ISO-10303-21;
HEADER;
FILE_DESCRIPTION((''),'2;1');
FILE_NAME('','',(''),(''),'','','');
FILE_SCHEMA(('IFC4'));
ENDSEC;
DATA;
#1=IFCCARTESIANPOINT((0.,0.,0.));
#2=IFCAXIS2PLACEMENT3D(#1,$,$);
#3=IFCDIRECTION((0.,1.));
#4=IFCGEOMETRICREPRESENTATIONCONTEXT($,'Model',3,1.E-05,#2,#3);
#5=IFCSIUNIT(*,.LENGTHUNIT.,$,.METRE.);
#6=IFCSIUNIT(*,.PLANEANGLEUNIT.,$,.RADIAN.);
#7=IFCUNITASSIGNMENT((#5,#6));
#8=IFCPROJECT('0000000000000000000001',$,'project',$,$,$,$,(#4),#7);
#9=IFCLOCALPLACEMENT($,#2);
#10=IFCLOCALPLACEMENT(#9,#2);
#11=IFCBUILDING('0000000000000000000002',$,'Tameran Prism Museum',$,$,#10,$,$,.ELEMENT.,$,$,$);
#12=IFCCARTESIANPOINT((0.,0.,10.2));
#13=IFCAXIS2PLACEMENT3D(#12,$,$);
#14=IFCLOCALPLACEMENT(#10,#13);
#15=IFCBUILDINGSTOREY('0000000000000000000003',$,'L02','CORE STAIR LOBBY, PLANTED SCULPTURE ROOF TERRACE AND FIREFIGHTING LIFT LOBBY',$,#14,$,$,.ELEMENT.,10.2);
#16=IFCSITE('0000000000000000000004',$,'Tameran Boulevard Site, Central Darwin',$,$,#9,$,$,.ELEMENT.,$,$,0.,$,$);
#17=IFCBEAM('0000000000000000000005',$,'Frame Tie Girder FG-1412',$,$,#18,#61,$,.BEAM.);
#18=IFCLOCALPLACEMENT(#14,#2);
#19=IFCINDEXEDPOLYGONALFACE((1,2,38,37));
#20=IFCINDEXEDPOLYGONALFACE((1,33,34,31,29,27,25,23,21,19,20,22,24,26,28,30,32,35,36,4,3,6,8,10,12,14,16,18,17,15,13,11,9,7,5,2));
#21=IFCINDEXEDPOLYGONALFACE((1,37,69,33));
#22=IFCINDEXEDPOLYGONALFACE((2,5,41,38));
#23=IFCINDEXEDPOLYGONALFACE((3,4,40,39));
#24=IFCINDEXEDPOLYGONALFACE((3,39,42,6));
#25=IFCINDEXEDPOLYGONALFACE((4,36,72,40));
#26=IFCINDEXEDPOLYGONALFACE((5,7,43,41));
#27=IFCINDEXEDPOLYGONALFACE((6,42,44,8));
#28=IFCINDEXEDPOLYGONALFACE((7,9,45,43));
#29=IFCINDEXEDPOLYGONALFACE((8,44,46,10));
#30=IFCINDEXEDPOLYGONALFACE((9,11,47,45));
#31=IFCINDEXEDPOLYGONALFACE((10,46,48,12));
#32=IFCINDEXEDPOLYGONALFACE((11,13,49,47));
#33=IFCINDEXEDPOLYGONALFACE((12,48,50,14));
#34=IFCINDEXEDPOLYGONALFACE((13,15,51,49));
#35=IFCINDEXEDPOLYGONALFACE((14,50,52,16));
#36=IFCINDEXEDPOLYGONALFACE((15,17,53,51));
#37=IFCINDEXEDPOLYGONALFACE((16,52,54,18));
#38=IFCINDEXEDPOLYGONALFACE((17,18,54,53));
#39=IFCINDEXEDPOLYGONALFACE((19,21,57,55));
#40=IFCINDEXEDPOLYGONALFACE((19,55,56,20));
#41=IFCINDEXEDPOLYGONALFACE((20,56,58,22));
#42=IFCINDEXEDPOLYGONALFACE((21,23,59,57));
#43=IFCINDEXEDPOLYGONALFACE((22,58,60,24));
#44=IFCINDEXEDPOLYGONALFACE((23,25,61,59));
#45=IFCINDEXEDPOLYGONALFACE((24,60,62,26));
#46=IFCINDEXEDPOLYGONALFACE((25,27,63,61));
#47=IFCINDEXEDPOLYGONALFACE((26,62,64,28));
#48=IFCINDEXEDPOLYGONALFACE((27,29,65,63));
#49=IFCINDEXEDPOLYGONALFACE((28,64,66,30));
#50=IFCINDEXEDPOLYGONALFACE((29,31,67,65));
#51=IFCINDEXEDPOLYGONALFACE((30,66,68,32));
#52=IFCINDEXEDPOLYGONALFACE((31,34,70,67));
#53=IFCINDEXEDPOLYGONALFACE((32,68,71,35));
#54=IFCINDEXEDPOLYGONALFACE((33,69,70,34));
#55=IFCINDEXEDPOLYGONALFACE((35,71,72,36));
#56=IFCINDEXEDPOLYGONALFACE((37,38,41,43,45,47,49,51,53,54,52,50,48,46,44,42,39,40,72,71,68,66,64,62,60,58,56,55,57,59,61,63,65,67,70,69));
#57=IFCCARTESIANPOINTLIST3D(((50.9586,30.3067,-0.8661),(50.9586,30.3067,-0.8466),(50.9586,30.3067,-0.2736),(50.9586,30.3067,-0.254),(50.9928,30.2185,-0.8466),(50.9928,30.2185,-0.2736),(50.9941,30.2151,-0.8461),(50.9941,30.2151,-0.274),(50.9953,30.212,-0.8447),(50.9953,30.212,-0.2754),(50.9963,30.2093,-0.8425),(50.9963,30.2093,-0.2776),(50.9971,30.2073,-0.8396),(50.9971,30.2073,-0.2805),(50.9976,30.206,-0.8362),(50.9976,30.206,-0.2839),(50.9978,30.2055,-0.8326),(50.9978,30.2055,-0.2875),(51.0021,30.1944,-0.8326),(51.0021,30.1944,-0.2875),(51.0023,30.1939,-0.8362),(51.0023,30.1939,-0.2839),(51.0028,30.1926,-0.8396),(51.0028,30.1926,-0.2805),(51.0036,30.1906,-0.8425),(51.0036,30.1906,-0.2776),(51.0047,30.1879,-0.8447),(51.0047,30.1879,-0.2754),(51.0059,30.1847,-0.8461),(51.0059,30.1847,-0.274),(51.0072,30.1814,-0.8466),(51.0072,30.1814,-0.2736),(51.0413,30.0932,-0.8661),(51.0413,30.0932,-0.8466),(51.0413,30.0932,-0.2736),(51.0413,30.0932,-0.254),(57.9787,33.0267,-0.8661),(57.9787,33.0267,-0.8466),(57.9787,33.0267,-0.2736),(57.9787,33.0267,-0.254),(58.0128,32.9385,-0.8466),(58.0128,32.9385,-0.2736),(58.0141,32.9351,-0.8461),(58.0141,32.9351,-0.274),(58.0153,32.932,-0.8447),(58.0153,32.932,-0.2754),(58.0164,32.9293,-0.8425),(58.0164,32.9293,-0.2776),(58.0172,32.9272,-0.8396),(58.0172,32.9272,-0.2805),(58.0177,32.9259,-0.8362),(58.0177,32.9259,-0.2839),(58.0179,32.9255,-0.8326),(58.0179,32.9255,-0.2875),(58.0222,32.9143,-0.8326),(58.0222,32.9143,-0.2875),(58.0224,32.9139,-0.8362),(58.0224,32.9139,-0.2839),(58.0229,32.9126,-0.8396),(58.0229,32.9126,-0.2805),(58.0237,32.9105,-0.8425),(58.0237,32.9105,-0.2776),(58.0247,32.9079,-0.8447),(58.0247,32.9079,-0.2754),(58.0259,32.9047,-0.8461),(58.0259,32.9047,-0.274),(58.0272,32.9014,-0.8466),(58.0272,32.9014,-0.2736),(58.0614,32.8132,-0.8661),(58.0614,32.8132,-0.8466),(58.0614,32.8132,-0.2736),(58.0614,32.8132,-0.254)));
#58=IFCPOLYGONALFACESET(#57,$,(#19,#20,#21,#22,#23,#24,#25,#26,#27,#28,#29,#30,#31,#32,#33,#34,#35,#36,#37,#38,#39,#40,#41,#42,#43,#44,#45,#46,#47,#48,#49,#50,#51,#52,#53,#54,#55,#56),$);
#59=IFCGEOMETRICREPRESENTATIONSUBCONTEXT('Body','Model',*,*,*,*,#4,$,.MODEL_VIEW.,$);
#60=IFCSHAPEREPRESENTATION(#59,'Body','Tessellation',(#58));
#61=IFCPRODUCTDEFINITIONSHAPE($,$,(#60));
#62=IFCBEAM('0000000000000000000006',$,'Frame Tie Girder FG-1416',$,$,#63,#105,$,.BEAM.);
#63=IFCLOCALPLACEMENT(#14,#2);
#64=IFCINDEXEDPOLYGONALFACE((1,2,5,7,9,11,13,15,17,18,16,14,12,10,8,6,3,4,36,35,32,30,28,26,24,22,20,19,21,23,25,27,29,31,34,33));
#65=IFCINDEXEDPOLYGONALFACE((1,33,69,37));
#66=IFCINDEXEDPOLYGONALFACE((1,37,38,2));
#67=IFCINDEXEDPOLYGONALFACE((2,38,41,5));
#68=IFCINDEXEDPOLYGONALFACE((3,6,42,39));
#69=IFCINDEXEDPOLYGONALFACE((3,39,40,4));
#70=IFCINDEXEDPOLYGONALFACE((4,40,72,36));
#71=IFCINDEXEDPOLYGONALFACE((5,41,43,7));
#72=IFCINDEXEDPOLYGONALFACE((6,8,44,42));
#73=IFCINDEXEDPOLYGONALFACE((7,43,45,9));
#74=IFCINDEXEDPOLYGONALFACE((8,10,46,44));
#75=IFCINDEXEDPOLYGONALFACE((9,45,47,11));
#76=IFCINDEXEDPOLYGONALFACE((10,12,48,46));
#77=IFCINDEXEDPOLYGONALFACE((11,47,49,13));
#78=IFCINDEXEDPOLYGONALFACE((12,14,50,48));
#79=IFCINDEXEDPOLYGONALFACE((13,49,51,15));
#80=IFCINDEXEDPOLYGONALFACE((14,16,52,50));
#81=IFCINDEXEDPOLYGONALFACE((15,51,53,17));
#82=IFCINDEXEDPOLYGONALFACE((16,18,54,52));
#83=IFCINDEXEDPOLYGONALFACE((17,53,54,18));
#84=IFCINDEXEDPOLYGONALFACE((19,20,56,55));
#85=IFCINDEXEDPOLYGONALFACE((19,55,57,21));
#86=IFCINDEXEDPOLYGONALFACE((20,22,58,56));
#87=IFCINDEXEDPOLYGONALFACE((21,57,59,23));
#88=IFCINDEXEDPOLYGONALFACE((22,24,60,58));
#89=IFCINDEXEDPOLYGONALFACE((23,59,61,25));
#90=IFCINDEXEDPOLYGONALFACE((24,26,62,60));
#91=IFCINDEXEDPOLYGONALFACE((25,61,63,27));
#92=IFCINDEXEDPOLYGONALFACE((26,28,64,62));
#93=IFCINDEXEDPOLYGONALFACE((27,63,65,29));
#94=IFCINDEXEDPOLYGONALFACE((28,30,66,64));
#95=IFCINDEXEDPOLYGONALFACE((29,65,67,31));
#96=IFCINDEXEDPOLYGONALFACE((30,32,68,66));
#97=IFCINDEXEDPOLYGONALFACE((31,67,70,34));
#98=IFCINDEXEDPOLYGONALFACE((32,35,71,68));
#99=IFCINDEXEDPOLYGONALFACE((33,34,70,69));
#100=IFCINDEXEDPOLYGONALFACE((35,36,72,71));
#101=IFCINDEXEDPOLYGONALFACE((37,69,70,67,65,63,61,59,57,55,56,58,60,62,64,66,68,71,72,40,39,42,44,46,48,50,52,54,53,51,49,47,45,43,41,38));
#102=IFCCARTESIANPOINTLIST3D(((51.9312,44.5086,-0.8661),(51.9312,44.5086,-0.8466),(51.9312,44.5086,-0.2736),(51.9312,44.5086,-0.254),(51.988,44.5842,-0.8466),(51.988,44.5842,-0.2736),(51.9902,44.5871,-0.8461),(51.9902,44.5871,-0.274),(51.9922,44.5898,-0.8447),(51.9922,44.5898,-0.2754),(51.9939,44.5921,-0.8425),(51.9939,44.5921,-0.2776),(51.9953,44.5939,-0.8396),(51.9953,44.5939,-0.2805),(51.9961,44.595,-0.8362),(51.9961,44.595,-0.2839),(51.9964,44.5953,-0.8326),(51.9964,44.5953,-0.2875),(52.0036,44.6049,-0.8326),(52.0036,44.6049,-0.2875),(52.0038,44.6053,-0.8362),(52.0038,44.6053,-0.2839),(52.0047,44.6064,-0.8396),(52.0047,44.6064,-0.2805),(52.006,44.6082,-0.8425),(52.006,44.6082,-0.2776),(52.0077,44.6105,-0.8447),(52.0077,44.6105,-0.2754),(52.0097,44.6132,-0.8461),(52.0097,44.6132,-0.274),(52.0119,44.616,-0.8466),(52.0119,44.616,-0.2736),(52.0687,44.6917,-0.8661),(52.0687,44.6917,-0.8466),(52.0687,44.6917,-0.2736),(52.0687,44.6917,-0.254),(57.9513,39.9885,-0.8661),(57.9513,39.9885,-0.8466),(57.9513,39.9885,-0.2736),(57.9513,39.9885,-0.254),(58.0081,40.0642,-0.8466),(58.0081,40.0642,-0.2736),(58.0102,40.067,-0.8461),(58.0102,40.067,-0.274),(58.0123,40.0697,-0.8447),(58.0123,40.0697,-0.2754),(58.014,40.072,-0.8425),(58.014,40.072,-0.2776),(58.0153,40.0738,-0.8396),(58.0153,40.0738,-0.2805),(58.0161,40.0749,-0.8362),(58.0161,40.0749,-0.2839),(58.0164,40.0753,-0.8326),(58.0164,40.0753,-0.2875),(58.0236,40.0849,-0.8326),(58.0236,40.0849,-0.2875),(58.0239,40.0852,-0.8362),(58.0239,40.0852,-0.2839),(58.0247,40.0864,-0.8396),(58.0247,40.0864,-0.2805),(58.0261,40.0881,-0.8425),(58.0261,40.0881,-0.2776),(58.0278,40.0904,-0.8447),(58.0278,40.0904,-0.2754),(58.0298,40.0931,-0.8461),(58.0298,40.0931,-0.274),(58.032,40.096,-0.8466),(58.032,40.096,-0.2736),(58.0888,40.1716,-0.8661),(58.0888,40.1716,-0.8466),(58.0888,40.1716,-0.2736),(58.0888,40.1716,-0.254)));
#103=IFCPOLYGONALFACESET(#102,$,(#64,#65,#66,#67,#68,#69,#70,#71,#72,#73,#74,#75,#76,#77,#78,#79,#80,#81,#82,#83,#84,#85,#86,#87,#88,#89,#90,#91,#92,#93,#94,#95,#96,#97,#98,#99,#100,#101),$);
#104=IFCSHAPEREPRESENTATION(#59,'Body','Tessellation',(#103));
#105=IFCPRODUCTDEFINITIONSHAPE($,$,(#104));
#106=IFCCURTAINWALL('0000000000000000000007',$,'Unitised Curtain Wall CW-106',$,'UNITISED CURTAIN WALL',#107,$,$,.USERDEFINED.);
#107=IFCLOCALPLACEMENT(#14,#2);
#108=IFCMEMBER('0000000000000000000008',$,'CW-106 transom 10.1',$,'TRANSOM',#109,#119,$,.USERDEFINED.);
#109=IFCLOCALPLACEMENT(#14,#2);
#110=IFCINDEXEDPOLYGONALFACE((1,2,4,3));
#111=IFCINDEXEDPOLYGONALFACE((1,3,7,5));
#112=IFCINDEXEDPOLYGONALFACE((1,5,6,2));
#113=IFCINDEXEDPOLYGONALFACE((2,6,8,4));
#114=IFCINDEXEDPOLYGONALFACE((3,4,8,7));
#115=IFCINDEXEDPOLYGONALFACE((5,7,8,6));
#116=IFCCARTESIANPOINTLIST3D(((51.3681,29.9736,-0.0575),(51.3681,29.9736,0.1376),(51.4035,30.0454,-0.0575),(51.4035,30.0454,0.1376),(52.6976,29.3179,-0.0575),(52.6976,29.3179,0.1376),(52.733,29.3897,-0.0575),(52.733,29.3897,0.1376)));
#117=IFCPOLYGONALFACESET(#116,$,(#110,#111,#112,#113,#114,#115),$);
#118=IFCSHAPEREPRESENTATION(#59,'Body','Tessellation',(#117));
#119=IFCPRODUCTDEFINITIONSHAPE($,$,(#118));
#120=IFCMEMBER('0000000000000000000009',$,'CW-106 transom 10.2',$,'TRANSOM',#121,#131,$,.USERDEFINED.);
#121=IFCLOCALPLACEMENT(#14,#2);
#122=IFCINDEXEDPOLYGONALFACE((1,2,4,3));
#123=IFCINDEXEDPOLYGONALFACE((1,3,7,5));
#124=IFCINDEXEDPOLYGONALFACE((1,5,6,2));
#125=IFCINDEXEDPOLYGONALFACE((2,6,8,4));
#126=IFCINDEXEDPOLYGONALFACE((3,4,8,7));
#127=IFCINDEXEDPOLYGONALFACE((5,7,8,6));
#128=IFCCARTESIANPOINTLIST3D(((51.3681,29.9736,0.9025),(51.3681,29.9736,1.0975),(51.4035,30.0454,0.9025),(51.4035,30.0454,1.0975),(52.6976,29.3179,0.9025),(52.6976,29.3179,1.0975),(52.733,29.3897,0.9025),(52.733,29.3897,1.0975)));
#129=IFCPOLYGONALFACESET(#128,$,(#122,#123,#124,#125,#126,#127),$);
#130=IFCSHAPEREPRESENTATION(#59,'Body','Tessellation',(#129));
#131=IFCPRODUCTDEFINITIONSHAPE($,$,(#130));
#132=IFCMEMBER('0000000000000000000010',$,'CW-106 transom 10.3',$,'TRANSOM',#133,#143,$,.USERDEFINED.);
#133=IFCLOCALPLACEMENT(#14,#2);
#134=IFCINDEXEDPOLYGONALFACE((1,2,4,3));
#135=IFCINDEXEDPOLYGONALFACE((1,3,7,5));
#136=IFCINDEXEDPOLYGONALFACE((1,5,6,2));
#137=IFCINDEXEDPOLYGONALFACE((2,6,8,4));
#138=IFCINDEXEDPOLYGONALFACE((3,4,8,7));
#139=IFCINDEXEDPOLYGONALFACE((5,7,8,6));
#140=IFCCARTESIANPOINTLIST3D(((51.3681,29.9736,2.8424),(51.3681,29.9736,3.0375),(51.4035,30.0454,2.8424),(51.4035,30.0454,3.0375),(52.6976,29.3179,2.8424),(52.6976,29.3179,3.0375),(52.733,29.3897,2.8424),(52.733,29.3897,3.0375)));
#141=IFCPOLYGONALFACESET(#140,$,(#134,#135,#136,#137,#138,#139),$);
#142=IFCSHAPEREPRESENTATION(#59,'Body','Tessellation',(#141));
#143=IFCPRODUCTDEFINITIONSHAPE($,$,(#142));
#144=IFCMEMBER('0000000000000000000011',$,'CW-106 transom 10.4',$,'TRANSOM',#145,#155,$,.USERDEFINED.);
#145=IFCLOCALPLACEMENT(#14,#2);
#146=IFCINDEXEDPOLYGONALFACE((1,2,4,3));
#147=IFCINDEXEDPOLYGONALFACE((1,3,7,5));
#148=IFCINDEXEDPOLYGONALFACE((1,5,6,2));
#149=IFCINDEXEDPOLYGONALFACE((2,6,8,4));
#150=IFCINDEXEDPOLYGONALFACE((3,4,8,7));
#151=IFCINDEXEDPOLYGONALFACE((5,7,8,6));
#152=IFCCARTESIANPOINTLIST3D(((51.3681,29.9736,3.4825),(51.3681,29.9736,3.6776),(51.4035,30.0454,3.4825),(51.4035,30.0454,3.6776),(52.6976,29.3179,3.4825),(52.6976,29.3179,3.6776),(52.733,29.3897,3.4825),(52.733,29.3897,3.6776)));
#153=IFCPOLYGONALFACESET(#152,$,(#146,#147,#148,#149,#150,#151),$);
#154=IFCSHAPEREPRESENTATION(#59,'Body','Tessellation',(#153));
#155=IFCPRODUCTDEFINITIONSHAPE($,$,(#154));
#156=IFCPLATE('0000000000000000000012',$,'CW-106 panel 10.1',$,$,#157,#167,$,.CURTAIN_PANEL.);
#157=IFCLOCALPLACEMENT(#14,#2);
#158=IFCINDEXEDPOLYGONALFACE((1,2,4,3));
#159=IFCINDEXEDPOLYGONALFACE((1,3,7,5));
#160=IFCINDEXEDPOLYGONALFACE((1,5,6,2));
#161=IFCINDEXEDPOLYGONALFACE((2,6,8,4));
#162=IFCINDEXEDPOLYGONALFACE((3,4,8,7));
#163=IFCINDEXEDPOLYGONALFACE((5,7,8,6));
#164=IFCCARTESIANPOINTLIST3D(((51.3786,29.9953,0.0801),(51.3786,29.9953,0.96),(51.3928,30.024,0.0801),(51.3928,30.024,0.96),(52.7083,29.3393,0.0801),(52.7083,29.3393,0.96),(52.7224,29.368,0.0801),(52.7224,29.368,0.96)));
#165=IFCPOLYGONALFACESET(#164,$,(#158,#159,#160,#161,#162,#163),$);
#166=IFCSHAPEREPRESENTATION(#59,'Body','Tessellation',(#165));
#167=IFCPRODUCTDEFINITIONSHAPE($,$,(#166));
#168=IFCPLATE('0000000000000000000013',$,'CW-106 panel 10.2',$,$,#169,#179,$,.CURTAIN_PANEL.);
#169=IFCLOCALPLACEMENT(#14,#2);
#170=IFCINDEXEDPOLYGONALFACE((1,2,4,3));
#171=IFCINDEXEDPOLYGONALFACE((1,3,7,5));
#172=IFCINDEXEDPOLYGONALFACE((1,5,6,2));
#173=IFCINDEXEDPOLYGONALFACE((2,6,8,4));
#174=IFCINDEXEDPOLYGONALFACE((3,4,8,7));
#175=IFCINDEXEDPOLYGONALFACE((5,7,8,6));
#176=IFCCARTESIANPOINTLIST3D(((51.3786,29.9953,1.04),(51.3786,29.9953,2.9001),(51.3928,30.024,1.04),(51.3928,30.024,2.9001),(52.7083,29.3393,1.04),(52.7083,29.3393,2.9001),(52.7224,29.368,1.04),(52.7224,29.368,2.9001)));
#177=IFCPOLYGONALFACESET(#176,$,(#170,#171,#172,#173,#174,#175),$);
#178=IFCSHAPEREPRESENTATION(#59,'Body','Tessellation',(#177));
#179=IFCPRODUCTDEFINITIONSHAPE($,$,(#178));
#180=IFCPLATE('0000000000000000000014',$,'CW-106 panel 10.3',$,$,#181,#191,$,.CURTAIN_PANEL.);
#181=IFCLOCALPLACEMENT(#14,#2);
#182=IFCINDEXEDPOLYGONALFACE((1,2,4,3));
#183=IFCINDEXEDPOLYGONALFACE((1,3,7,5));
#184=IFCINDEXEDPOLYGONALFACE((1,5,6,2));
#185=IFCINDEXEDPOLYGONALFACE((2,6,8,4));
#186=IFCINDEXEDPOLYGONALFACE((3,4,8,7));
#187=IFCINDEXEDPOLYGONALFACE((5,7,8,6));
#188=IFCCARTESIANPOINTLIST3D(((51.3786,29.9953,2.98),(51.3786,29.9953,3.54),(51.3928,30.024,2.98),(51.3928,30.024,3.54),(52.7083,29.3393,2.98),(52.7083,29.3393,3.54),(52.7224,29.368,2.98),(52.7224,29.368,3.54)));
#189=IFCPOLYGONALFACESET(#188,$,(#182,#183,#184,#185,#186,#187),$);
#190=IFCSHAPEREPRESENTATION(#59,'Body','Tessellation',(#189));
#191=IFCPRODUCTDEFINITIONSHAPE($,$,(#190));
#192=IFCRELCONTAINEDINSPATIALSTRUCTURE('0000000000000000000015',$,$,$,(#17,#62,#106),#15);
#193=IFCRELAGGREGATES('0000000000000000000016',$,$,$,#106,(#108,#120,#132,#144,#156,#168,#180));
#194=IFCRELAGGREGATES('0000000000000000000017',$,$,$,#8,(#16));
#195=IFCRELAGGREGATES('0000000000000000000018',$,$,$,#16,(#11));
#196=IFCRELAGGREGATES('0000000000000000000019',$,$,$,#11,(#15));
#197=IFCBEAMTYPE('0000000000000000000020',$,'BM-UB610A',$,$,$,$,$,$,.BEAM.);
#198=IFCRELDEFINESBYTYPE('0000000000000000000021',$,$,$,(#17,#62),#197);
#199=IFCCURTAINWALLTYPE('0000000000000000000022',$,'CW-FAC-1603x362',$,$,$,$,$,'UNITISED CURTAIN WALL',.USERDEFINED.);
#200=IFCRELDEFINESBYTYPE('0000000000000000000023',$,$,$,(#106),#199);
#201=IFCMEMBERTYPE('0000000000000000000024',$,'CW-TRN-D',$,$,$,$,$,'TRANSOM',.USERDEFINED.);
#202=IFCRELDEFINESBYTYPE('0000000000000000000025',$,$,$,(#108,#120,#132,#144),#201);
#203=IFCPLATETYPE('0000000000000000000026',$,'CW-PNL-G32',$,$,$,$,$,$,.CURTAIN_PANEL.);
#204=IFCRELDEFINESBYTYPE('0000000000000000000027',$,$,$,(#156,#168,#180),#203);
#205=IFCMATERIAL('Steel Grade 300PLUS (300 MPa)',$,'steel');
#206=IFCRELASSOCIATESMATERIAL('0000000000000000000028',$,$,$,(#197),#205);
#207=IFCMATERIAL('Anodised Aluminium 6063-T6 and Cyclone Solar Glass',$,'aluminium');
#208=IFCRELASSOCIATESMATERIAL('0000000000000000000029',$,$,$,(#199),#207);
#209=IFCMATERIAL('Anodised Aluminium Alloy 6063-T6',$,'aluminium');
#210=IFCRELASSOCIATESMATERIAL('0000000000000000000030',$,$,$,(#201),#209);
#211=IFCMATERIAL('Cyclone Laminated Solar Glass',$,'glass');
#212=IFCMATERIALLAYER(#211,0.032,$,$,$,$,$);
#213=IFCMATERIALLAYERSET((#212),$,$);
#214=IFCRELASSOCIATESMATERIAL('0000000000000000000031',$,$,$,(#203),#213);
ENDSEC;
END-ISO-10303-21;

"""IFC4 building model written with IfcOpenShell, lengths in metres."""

from ifc_helpers import new_model, si_unit, direction, frame, origin, origin_2d, place, context, subcontext, project, spatial, rectangle, i_section, extrude, material, layer, layer_set, material_profile, profile_set, type_object, element, aggregate, save


model = new_model("IFC4")

# Units and contexts
model_context = context("Model", 3, precision=1e-05, world=origin(), true_north=direction((0.0, 1.0)))
body_context = subcontext(model_context, "Body", "Model", "MODEL_VIEW")
ifc_project = project(units=[si_unit("LENGTHUNIT", "METRE"), si_unit("PLANEANGLEUNIT", "RADIAN")], contexts=[model_context])

# Site, building, storey
site_placement = place(None, origin())
site = spatial("IfcSite", under=ifc_project, at=site_placement, Name="Tameran Boulevard Site, Central Darwin", CompositionType="ELEMENT", RefElevation=0.0)
building_placement = place(site_placement, origin())
building = spatial("IfcBuilding", under=site, at=building_placement, Name="Tameran Prism Museum", CompositionType="ELEMENT")
storey_placement = place(building_placement, frame((0.0, 0.0, 10.2)))
storey = spatial("IfcBuildingStorey", under=building, at=storey_placement, Name="L02", Description="CORE STAIR LOBBY, PLANTED SCULPTURE ROOF TERRACE AND FIREFIGHTING LIFT LOBBY", CompositionType="ELEMENT", Elevation=10.2)

# Beams
ifc_material_1 = material(Name="Steel Grade 300PLUS (300 MPa)", Category="steel")
ifc_material_profile_1 = material_profile(ifc_material_1, i_section(OverallWidth=0.229, OverallDepth=0.6121, WebThickness=0.012, FlangeThickness=0.0195, FilletRadius=0.0139, at=origin_2d()))
ifc_profile_set_1 = profile_set([ifc_material_profile_1])
beam_type_1 = type_object("IfcBeamType", Name="BM-UB610A", PredefinedType="BEAM", material=ifc_profile_set_1)
beam_1_placement = place(storey_placement, frame((58.02, 32.9199, -0.5601), z_axis=(-0.932454, -0.361288, 0.0), x_axis=(0.361288, -0.932454, 0.0)))
element("IfcBeam", 1, at=beam_1_placement, inside=storey, type_object=beam_type_1, Name="Frame Tie Girder FG-1412", PredefinedType="BEAM", context=body_context, shape_type="SweptSolid", body=[
    extrude(i_section(OverallWidth=0.229, OverallDepth=0.6121, WebThickness=0.012, FlangeThickness=0.0195, FilletRadius=0.0139, at=origin_2d()), origin(), (0.0, 0.0, 1.0), 7.5286),
])
beam_2_placement = place(storey_placement, frame((58.02, 40.0801, -0.5601), z_axis=(-0.799681, 0.600425, 0.0), x_axis=(-0.600425, -0.799681, 0.0)))
element("IfcBeam", 2, at=beam_2_placement, inside=storey, type_object=beam_type_1, Name="Frame Tie Girder FG-1416", PredefinedType="BEAM", context=body_context, shape_type="SweptSolid", body=[
    extrude(i_section(OverallWidth=0.229, OverallDepth=0.6121, WebThickness=0.012, FlangeThickness=0.0195, FilletRadius=0.0139, at=origin_2d()), origin(), (0.0, 0.0, 1.0), 7.5281),
])

# Curtain wall, members, plates
ifc_material_2 = material(Name="Anodised Aluminium 6063-T6 and Cyclone Solar Glass", Category="aluminium")
curtain_wall_type = type_object("IfcCurtainWallType", Name="CW-FAC-1603x362", ElementType="UNITISED CURTAIN WALL", PredefinedType="USERDEFINED", material=ifc_material_2)
curtain_wall_placement = place(storey_placement, origin())
curtain_wall = element("IfcCurtainWall", 3, at=curtain_wall_placement, inside=storey, type_object=curtain_wall_type, Name="Unitised Curtain Wall CW-106", ObjectType="UNITISED CURTAIN WALL", PredefinedType="USERDEFINED")
ifc_material_3 = material(Name="Anodised Aluminium Alloy 6063-T6", Category="aluminium")
ifc_material_profile_2 = material_profile(ifc_material_3, rectangle(XDim=0.0801, YDim=0.1951, at=origin_2d()))
ifc_profile_set_2 = profile_set([ifc_material_profile_2])
member_type = type_object("IfcMemberType", Name="CW-TRN-D", ElementType="TRANSOM", PredefinedType="USERDEFINED", material=ifc_profile_set_2)
member_1_placement = place(storey_placement, frame((52.7153, 29.3538, 0.04), z_axis=(-0.896851, 0.442332, 0.0), x_axis=(-0.442332, -0.896851, 0.0)))
member_1 = element("IfcMember", 4, at=member_1_placement, type_object=member_type, Name="CW-106 transom 10.1", ObjectType="TRANSOM", PredefinedType="USERDEFINED", context=body_context, shape_type="SweptSolid", body=[
    extrude(rectangle(XDim=0.0801, YDim=0.1951, at=origin_2d()), origin(), (0.0, 0.0, 1.0), 1.4824),
])
member_2_placement = place(storey_placement, frame((52.7153, 29.3538, 1.0), z_axis=(-0.896851, 0.442332, 0.0), x_axis=(-0.442332, -0.896851, 0.0)))
member_2 = element("IfcMember", 5, at=member_2_placement, type_object=member_type, Name="CW-106 transom 10.2", ObjectType="TRANSOM", PredefinedType="USERDEFINED", context=body_context, shape_type="SweptSolid", body=[
    extrude(rectangle(XDim=0.0801, YDim=0.1951, at=origin_2d()), origin(), (0.0, 0.0, 1.0), 1.4824),
])
member_3_placement = place(storey_placement, frame((52.7153, 29.3538, 2.9399), z_axis=(-0.896851, 0.442332, 0.0), x_axis=(-0.442332, -0.896851, 0.0)))
member_3 = element("IfcMember", 6, at=member_3_placement, type_object=member_type, Name="CW-106 transom 10.3", ObjectType="TRANSOM", PredefinedType="USERDEFINED", context=body_context, shape_type="SweptSolid", body=[
    extrude(rectangle(XDim=0.0801, YDim=0.1951, at=origin_2d()), origin(), (0.0, 0.0, 1.0), 1.4824),
])
member_4_placement = place(storey_placement, frame((52.7153, 29.3538, 3.5801), z_axis=(-0.896851, 0.442332, 0.0), x_axis=(-0.442332, -0.896851, 0.0)))
member_4 = element("IfcMember", 7, at=member_4_placement, type_object=member_type, Name="CW-106 transom 10.4", ObjectType="TRANSOM", PredefinedType="USERDEFINED", context=body_context, shape_type="SweptSolid", body=[
    extrude(rectangle(XDim=0.0801, YDim=0.1951, at=origin_2d()), origin(), (0.0, 0.0, 1.0), 1.4824),
])
ifc_material_4 = material(Name="Cyclone Laminated Solar Glass", Category="glass")
ifc_layer_1 = layer(ifc_material_4, 0.032)
ifc_layer_set_1 = layer_set([ifc_layer_1])
plate_type = type_object("IfcPlateType", Name="CW-PNL-G32", PredefinedType="CURTAIN_PANEL", material=ifc_layer_set_1)
plate_1_placement = place(storey_placement, frame((52.0505, 29.6816, 0.0801), z_axis=(0.0, 0.0, 1.0), x_axis=(-0.896811, 0.442415, 0.0)))
plate_1 = element("IfcPlate", 8, at=plate_1_placement, type_object=plate_type, Name="CW-106 panel 10.1", PredefinedType="CURTAIN_PANEL", context=body_context, shape_type="SweptSolid", body=[
    extrude(rectangle(XDim=1.4827, YDim=0.032, at=origin_2d()), origin(), (0.0, 0.0, 1.0), 0.8799),
])
plate_2_placement = place(storey_placement, frame((52.0505, 29.6816, 1.04), z_axis=(0.0, 0.0, 1.0), x_axis=(-0.896811, 0.442415, 0.0)))
plate_2 = element("IfcPlate", 9, at=plate_2_placement, type_object=plate_type, Name="CW-106 panel 10.2", PredefinedType="CURTAIN_PANEL", context=body_context, shape_type="SweptSolid", body=[
    extrude(rectangle(XDim=1.4827, YDim=0.032, at=origin_2d()), origin(), (0.0, 0.0, 1.0), 1.8601),
])
plate_3_placement = place(storey_placement, frame((52.0505, 29.6816, 2.98), z_axis=(0.0, 0.0, 1.0), x_axis=(-0.896811, 0.442415, 0.0)))
plate_3 = element("IfcPlate", 10, at=plate_3_placement, type_object=plate_type, Name="CW-106 panel 10.3", PredefinedType="CURTAIN_PANEL", context=body_context, shape_type="SweptSolid", body=[
    extrude(rectangle(XDim=1.4827, YDim=0.032, at=origin_2d()), origin(), (0.0, 0.0, 1.0), 0.5601),
])
aggregate(curtain_wall, [member_1, member_2, member_3, member_4, plate_1, plate_2, plate_3])

save(model, "model.ifc")
